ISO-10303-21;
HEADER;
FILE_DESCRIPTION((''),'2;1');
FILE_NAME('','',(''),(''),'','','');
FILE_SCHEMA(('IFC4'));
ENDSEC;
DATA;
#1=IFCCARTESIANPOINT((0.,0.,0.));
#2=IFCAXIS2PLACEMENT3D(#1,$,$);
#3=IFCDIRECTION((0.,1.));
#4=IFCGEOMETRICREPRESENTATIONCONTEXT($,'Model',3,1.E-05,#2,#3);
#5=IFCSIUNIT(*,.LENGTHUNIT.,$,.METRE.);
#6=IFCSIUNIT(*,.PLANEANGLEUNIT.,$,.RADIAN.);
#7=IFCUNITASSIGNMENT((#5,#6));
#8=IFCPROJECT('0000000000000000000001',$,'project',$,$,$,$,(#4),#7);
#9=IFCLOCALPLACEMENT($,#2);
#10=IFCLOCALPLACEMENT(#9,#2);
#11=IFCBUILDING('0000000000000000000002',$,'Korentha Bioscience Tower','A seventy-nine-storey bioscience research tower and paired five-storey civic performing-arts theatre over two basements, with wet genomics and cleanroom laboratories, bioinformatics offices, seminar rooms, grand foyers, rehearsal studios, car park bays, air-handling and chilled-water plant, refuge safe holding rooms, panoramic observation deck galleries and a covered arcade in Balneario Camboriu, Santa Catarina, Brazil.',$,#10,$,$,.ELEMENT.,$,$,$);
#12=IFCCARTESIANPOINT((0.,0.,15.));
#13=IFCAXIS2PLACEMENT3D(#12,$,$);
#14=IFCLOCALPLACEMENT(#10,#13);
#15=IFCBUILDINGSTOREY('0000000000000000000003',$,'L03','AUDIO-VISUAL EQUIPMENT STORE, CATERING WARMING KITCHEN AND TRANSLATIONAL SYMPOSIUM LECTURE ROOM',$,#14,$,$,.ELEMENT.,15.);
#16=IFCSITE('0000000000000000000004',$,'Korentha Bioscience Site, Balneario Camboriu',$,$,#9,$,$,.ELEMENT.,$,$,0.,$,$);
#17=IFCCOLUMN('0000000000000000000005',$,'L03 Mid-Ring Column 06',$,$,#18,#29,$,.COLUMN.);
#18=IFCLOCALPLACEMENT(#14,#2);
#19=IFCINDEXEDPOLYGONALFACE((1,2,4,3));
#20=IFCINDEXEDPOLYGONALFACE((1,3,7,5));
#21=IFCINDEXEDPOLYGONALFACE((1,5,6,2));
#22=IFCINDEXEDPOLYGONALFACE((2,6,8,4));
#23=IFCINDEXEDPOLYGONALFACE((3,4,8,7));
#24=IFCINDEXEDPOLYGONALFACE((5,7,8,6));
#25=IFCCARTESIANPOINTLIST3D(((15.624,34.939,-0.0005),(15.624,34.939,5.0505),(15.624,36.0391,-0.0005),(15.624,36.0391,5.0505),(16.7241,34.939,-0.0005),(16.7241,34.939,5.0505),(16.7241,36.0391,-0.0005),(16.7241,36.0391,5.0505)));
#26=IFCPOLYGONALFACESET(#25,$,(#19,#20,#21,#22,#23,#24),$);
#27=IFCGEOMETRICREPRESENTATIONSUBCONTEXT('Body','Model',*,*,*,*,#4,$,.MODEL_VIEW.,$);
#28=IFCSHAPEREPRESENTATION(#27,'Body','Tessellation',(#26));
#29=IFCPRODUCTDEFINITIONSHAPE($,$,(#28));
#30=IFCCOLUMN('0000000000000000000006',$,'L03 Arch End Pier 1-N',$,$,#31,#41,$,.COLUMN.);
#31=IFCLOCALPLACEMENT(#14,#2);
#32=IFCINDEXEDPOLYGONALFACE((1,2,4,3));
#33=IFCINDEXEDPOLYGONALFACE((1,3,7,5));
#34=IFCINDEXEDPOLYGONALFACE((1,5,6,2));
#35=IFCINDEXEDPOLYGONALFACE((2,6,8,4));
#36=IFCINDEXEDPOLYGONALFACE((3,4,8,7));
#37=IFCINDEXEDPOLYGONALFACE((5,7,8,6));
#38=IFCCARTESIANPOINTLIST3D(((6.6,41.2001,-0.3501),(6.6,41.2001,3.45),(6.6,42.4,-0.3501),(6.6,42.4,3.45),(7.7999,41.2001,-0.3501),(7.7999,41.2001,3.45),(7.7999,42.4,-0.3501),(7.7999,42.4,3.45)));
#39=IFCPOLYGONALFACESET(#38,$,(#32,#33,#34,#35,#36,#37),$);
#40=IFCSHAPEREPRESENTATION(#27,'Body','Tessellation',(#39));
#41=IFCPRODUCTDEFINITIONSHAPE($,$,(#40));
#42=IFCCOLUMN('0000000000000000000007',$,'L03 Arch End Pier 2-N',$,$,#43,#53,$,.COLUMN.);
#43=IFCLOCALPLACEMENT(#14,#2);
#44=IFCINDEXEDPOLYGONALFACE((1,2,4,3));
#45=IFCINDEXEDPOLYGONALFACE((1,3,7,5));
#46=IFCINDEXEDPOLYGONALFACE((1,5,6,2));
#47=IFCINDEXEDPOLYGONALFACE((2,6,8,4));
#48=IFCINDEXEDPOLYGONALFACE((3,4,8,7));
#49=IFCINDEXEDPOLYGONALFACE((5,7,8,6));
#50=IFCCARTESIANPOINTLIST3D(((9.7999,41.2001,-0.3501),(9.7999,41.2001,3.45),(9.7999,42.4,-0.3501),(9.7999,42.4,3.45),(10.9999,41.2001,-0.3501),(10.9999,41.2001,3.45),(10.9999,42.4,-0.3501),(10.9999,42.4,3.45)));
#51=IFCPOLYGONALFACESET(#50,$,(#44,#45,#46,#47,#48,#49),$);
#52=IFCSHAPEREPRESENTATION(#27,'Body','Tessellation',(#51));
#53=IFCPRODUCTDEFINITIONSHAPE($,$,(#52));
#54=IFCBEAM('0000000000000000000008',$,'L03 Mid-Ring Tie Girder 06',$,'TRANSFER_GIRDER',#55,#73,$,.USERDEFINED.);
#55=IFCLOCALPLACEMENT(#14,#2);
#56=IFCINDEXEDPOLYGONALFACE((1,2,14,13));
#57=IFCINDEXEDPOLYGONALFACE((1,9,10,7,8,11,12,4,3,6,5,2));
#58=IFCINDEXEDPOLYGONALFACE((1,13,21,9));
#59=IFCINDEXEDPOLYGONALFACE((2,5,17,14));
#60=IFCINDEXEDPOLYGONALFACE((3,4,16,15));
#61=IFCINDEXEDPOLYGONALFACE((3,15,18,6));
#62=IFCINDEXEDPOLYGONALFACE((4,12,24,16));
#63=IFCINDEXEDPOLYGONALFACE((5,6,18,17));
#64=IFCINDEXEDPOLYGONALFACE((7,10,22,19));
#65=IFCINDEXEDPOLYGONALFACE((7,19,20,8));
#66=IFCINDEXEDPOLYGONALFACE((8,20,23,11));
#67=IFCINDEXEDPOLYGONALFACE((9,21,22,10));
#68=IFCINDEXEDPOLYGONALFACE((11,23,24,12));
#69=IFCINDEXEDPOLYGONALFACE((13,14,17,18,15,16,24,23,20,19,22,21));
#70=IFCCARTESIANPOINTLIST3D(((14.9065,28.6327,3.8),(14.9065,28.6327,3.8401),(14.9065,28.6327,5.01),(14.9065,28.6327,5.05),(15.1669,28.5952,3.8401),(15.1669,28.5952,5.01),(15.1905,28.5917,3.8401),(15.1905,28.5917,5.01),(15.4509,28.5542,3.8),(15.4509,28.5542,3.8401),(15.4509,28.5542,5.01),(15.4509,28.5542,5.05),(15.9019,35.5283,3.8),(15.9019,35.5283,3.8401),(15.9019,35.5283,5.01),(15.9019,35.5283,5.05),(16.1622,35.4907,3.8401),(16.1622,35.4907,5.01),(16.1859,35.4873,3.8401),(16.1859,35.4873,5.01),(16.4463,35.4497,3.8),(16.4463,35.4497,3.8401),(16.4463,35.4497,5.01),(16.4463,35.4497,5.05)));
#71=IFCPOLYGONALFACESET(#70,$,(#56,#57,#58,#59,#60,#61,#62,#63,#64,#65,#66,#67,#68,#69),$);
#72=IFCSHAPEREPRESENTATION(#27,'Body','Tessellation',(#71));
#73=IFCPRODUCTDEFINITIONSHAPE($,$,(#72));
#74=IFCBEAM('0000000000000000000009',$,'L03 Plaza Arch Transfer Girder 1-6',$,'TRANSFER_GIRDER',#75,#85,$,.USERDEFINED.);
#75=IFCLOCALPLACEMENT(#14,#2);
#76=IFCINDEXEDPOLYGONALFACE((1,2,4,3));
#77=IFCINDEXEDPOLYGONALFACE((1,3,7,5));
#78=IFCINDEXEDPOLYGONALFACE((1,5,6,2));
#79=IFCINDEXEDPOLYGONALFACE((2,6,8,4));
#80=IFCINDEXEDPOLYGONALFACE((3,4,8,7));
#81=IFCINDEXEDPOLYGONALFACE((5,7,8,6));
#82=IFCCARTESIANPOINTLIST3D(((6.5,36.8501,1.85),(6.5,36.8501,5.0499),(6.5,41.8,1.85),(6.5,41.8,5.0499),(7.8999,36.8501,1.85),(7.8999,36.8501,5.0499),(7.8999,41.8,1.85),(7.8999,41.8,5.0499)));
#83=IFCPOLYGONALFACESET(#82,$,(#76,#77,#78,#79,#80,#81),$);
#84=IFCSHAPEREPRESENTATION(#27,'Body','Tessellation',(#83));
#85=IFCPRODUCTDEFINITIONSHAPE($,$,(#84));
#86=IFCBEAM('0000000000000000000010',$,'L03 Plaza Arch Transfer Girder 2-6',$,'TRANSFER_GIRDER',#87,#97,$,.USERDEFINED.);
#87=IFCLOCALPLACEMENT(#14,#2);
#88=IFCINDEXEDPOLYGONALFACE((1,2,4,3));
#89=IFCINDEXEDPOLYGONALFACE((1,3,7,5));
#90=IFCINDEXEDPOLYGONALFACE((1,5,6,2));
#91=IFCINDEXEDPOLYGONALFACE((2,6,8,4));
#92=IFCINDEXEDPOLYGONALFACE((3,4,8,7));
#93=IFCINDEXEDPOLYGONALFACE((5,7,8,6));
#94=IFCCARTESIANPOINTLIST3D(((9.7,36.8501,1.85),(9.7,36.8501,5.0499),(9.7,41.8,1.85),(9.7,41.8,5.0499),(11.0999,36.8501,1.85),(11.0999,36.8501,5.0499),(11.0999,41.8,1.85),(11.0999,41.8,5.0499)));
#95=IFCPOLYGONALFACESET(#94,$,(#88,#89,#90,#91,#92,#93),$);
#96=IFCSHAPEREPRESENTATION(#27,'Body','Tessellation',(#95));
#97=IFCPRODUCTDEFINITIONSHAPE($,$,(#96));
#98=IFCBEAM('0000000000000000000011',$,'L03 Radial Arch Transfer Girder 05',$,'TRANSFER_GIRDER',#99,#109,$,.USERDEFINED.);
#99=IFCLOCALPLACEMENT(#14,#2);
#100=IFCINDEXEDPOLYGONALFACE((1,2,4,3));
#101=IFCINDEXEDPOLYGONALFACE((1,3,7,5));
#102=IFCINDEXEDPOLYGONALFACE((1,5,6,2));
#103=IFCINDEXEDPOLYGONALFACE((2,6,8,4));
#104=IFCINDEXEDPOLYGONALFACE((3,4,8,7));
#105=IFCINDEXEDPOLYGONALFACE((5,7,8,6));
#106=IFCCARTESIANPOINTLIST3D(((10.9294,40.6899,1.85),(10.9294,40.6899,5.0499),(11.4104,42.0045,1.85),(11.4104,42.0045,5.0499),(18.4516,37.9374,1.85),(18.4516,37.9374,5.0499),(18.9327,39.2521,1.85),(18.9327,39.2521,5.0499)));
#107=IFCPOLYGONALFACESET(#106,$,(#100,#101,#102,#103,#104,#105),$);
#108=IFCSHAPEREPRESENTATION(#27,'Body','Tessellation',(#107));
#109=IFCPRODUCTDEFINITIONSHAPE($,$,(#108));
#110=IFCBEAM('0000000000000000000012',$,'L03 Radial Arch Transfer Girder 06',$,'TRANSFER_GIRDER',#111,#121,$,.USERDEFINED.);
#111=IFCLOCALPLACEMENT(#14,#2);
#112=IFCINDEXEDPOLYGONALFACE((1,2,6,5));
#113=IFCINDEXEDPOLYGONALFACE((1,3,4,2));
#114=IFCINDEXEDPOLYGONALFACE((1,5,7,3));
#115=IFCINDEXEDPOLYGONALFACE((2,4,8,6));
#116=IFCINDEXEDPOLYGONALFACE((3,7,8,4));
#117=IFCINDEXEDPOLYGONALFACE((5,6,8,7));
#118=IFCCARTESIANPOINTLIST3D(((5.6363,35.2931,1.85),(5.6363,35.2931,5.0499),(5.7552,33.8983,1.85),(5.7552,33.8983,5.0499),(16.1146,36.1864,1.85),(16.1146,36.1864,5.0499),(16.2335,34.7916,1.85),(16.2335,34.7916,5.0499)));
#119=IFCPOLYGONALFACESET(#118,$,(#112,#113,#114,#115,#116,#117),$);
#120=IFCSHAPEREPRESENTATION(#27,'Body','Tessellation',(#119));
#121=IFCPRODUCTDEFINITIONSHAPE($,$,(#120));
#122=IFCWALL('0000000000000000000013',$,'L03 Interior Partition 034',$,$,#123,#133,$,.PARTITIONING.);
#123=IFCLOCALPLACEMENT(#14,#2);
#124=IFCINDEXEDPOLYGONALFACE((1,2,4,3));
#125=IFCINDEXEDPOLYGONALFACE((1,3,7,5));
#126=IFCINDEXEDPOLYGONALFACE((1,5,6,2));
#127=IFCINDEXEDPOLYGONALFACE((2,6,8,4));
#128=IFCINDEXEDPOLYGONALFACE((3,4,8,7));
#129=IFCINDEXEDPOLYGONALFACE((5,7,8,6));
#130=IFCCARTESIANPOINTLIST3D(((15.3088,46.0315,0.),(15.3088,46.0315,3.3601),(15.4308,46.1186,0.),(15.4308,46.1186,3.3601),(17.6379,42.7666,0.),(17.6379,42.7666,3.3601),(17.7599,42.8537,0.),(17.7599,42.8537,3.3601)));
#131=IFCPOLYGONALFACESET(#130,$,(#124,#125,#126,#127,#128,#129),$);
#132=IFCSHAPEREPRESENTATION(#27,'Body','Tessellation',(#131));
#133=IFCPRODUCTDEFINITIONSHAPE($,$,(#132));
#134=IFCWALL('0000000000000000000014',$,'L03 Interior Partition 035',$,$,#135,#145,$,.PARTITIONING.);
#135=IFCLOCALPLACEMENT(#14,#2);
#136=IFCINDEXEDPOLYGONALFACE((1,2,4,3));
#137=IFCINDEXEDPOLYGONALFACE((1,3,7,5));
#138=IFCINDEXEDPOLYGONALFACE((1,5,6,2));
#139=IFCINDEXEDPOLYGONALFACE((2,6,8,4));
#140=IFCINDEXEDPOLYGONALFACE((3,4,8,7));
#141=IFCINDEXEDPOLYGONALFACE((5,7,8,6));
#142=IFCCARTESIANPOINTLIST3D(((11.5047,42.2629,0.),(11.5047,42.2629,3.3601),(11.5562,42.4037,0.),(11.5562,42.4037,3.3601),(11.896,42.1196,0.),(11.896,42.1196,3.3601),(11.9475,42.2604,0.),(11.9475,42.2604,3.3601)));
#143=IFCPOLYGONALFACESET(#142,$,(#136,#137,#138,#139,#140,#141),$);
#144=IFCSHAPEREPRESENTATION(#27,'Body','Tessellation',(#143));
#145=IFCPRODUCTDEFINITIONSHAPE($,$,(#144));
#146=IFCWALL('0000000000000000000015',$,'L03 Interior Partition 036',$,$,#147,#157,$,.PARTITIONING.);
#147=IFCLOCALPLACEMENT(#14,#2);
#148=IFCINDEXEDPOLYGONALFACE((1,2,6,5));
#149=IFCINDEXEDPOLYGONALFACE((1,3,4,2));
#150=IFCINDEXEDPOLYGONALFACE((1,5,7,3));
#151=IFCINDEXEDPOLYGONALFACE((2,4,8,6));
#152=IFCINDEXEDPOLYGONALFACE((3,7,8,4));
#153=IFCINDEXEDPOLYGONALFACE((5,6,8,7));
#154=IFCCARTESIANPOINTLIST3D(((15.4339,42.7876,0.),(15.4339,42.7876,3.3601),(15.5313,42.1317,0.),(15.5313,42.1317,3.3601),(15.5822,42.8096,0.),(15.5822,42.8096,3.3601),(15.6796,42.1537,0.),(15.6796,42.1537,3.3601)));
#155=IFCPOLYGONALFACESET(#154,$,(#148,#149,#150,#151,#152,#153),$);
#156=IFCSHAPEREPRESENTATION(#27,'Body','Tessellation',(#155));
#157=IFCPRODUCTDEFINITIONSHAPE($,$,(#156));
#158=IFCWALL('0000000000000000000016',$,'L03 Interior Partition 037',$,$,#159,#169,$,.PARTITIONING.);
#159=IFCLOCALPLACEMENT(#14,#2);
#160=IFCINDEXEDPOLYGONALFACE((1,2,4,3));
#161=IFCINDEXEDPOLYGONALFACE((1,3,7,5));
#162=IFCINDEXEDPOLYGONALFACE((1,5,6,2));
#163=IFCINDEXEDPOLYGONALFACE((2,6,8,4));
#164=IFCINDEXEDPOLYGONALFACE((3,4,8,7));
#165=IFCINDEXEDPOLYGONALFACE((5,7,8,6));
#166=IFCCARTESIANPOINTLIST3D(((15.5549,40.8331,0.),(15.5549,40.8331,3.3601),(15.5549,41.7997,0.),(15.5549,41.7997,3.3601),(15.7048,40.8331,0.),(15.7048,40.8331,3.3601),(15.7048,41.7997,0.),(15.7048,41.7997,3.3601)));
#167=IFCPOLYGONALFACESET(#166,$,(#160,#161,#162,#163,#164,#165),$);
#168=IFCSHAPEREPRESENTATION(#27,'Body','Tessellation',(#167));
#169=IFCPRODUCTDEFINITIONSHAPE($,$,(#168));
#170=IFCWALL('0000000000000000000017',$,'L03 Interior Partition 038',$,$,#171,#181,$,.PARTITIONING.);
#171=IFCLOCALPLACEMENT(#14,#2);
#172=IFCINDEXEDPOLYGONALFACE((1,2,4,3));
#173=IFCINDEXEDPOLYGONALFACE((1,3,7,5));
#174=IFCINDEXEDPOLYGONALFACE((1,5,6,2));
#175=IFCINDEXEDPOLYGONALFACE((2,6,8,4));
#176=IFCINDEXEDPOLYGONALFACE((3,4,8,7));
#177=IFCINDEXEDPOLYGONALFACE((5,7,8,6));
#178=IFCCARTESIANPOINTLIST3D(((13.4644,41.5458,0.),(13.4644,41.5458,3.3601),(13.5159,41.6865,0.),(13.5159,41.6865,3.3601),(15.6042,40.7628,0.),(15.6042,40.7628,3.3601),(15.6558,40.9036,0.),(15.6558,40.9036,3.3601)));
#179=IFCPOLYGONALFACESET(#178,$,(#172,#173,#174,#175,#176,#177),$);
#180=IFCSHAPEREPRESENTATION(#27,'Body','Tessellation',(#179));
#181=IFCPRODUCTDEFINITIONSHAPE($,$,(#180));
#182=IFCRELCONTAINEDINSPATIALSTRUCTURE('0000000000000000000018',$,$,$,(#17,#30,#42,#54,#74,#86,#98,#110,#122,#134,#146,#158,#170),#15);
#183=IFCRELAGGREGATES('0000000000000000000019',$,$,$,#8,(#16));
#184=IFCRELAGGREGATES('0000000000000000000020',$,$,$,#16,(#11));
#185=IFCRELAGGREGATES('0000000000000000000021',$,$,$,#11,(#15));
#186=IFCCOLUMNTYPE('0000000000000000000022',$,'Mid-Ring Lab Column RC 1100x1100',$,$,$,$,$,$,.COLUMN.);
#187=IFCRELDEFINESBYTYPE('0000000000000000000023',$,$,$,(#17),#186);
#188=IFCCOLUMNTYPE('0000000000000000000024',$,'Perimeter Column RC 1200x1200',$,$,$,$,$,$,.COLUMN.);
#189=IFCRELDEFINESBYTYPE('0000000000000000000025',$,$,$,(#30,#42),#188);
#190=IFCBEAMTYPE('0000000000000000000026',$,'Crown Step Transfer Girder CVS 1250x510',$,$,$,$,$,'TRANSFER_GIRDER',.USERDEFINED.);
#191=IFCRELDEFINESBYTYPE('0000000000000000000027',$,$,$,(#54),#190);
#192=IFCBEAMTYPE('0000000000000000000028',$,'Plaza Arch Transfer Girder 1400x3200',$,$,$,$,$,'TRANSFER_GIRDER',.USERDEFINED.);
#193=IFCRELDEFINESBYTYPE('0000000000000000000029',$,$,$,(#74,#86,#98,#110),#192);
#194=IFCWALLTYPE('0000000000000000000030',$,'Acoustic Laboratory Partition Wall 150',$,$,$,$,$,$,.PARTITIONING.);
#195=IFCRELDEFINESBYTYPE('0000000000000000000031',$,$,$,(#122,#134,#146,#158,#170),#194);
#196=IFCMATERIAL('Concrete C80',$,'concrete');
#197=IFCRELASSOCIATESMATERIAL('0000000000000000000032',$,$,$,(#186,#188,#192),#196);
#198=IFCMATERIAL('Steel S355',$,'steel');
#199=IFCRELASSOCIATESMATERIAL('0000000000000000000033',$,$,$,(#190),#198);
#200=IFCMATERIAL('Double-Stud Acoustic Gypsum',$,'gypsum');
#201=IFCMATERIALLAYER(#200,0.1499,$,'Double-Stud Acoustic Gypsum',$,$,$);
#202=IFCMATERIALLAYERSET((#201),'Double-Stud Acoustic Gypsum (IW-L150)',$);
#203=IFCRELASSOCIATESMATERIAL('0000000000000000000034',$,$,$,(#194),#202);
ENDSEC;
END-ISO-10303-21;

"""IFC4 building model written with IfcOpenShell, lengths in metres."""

from ifc_helpers import new_model, si_unit, direction, frame, frame_2d, origin, origin_2d, place, context, subcontext, project, spatial, rectangle, i_section, extrude, material, layer, layer_set, material_profile, profile_set, type_object, element, save


model = new_model("IFC4")

# Units and contexts
model_context = context("Model", 3, precision=1e-05, world=origin(), true_north=direction((0.0, 1.0)))
body_context = subcontext(model_context, "Body", "Model", "MODEL_VIEW")
ifc_project = project(units=[si_unit("LENGTHUNIT", "METRE"), si_unit("PLANEANGLEUNIT", "RADIAN")], contexts=[model_context])

# Site, building, storey
site_placement = place(None, origin())
site = spatial("IfcSite", under=ifc_project, at=site_placement, Name="Korentha Bioscience Site, Balneario Camboriu", CompositionType="ELEMENT", RefElevation=0.0)
building_placement = place(site_placement, origin())
building = spatial("IfcBuilding", under=site, at=building_placement, Name="Korentha Bioscience Tower", Description="A seventy-nine-storey bioscience research tower and paired five-storey civic performing-arts theatre over two basements, with wet genomics and cleanroom laboratories, bioinformatics offices, seminar rooms, grand foyers, rehearsal studios, car park bays, air-handling and chilled-water plant, refuge safe holding rooms, panoramic observation deck galleries and a covered arcade in Balneario Camboriu, Santa Catarina, Brazil.", CompositionType="ELEMENT")
storey_placement = place(building_placement, frame((0.0, 0.0, 15.0)))
storey = spatial("IfcBuildingStorey", under=building, at=storey_placement, Name="L03", Description="AUDIO-VISUAL EQUIPMENT STORE, CATERING WARMING KITCHEN AND TRANSLATIONAL SYMPOSIUM LECTURE ROOM", CompositionType="ELEMENT", Elevation=15.0)

# Columns
ifc_material_1 = material(Name="Concrete C80", Category="concrete")
ifc_material_profile_1 = material_profile(ifc_material_1, rectangle(XDim=1.1001, YDim=1.1001, at=origin_2d()), Name="Concrete C80")
ifc_profile_set_1 = profile_set([ifc_material_profile_1], Name="Concrete C80 (COL-MR11)")
column_type_1 = type_object("IfcColumnType", Name="Mid-Ring Lab Column RC 1100x1100", PredefinedType="COLUMN", material=ifc_profile_set_1)
column_placement = place(storey_placement, frame((16.1741, 35.489, -0.0005), z_axis=(0.0, 0.0, 1.0), x_axis=(1.0, 0.0, 0.0)))
element("IfcColumn", 1, at=column_placement, inside=storey, type_object=column_type_1, Name="L03 Mid-Ring Column 06", PredefinedType="COLUMN", context=body_context, shape_type="SweptSolid", body=[
    extrude(rectangle(XDim=1.1001, YDim=1.1001, at=origin_2d()), origin(), (0.0, 0.0, 1.0), 5.051),
])
ifc_material_profile_2 = material_profile(ifc_material_1, rectangle(XDim=1.2, YDim=1.2, at=origin_2d()), Name="Concrete C80")
ifc_profile_set_2 = profile_set([ifc_material_profile_2], Name="Concrete C80 (COL-P12)")
column_type_2 = type_object("IfcColumnType", Name="Perimeter Column RC 1200x1200", PredefinedType="COLUMN", material=ifc_profile_set_2)
for number, where, z_axis, x_axis, name in (
    (2, (7.2, 41.8, -0.3501), (0.0, 0.0, 1.0), (1.0, 0.0, 0.0), "L03 Arch End Pier 1-N"),
    (3, (10.3999, 41.8, -0.3501), (0.0, 0.0, 1.0), (1.0, 0.0, 0.0), "L03 Arch End Pier 2-N"),
):
    element("IfcColumn", number, at=place(storey_placement, frame(where, z_axis=z_axis, x_axis=x_axis)), inside=storey, type_object=column_type_2, Name=name, PredefinedType="COLUMN", context=body_context, shape_type="SweptSolid", body=[
        extrude(rectangle(XDim=1.2, YDim=1.2, at=origin_2d()), origin(), (0.0, 0.0, 1.0), 3.8),
    ])

# Beams
ifc_material_2 = material(Name="Steel S355", Category="steel")
ifc_material_profile_3 = material_profile(ifc_material_2, i_section(OverallWidth=0.55, OverallDepth=1.25, WebThickness=0.0239, FlangeThickness=0.04, at=origin_2d()), Name="Steel S355")
ifc_profile_set_3 = profile_set([ifc_material_profile_3], Name="Steel S355 (TG-03)")
beam_type_1 = type_object("IfcBeamType", Name="Crown Step Transfer Girder CVS 1250x510", ElementType="TRANSFER_GIRDER", PredefinedType="USERDEFINED", material=ifc_profile_set_3)
beam_1_placement = place(storey_placement, frame((16.1741, 35.489, 4.425), z_axis=(-0.142868, -0.989742, 0.0), x_axis=(0.989742, -0.142868, 0.0)))
element("IfcBeam", 4, at=beam_1_placement, inside=storey, type_object=beam_type_1, Name="L03 Mid-Ring Tie Girder 06", ObjectType="TRANSFER_GIRDER", PredefinedType="USERDEFINED", context=body_context, shape_type="SweptSolid", body=[
    extrude(i_section(OverallWidth=0.55, OverallDepth=1.25, WebThickness=0.0239, FlangeThickness=0.04, at=origin_2d()), origin(), (0.0, 0.0, 1.0), 6.967),
])
ifc_material_profile_4 = material_profile(ifc_material_1, rectangle(XDim=1.3999, YDim=3.2, at=origin_2d()), Name="Concrete C80")
ifc_profile_set_4 = profile_set([ifc_material_profile_4], Name="Concrete C80 (TG-01)")
beam_type_2 = type_object("IfcBeamType", Name="Plaza Arch Transfer Girder 1400x3200", ElementType="TRANSFER_GIRDER", PredefinedType="USERDEFINED", material=ifc_profile_set_4)
for number, where, z_axis, x_axis, name in (
    (5, (7.2, 36.8501, 3.45), (0.0, 1.0, 0.0), (-1.0, 0.0, 0.0), "L03 Plaza Arch Transfer Girder 1-6"),
    (6, (10.3999, 36.8501, 3.45), (0.0, 1.0, 0.0), (-1.0, 0.0, 0.0), "L03 Plaza Arch Transfer Girder 2-6"),
):
    element("IfcBeam", number, at=place(storey_placement, frame(where, z_axis=z_axis, x_axis=x_axis)), inside=storey, type_object=beam_type_2, Name=name, ObjectType="TRANSFER_GIRDER", PredefinedType="USERDEFINED", context=body_context, shape_type="SweptSolid", body=[
        extrude(rectangle(XDim=1.3999, YDim=3.2, at=origin_2d()), origin(), (0.0, 0.0, 1.0), 4.95),
    ])
beam_2_placement = place(storey_placement, frame((18.6921, 38.5947, 3.45), z_axis=(-0.939106, 0.343627, 0.0), x_axis=(-0.343627, -0.939106, 0.0)))
element("IfcBeam", 7, at=beam_2_placement, inside=storey, type_object=beam_type_2, Name="L03 Radial Arch Transfer Girder 05", ObjectType="TRANSFER_GIRDER", PredefinedType="USERDEFINED", context=body_context, shape_type="SweptSolid", body=[
    extrude(rectangle(XDim=1.3999, YDim=3.2, at=origin_2d()), origin(), (0.0, 0.0, 1.0), 8.01),
])
beam_3_placement = place(storey_placement, frame((16.1741, 35.489, 3.45), z_axis=(-0.996386, -0.084945, 0.0), x_axis=(0.084945, -0.996386, 0.0)))
element("IfcBeam", 8, at=beam_3_placement, inside=storey, type_object=beam_type_2, Name="L03 Radial Arch Transfer Girder 06", ObjectType="TRANSFER_GIRDER", PredefinedType="USERDEFINED", context=body_context, shape_type="SweptSolid", body=[
    extrude(rectangle(XDim=1.3999, YDim=3.2, at=origin_2d()), origin(), (0.0, 0.0, 1.0), 10.5164),
])

# Shared definitions
ifc_material_3 = material(Name="Double-Stud Acoustic Gypsum", Category="gypsum")
ifc_layer_1 = layer(ifc_material_3, 0.1499, Name="Double-Stud Acoustic Gypsum")
ifc_layer_set_1 = layer_set([ifc_layer_1], Name="Double-Stud Acoustic Gypsum (IW-L150)")
wall_type_1 = type_object("IfcWallType", Name="Acoustic Laboratory Partition Wall 150", PredefinedType="PARTITIONING", material=ifc_layer_set_1)

# Walls
wall_1_placement = place(storey_placement, frame((17.699, 42.8101, 0.0), z_axis=(0.0, 0.0, 1.0), x_axis=(-0.580749, 0.814083, 0.0)))
element("IfcWall", 9, at=wall_1_placement, inside=storey, type_object=wall_type_1, Name="L03 Interior Partition 034", PredefinedType="PARTITIONING", context=body_context, shape_type="SweptSolid", body=[
    extrude(rectangle(XDim=4.0105, YDim=0.1499, at=frame_2d((2.0054, 0.0))), origin(), (0.0, 0.0, 1.0), 3.3601),
])
wall_2_placement = place(storey_placement, frame((11.9219, 42.1899, 0.0), z_axis=(0.0, 0.0, 1.0), x_axis=(-0.939021, 0.343859, 0.0)))
element("IfcWall", 10, at=wall_2_placement, inside=storey, type_object=wall_type_1, Name="L03 Interior Partition 035", PredefinedType="PARTITIONING", context=body_context, shape_type="SweptSolid", body=[
    extrude(rectangle(XDim=0.4167, YDim=0.1499, at=frame_2d((0.2085, 0.0))), origin(), (0.0, 0.0, 1.0), 3.3601),
])
wall_3_placement = place(storey_placement, frame((15.5081, 42.7986, 0.0), z_axis=(0.0, 0.0, 1.0), x_axis=(0.146882, -0.989154, 0.0)))
element("IfcWall", 11, at=wall_3_placement, inside=storey, type_object=wall_type_1, Name="L03 Interior Partition 036", PredefinedType="PARTITIONING", context=body_context, shape_type="SweptSolid", body=[
    extrude(rectangle(XDim=0.6631, YDim=0.1499, at=frame_2d((0.3315, 0.0))), origin(), (0.0, 0.0, 1.0), 3.3601),
])
wall_4_placement = place(storey_placement, frame((15.6299, 41.7998, 0.0), z_axis=(0.0, 0.0, 1.0), x_axis=(0.0, -1.0, 0.0)))
element("IfcWall", 12, at=wall_4_placement, inside=storey, type_object=wall_type_1, Name="L03 Interior Partition 037", PredefinedType="PARTITIONING", context=body_context, shape_type="SweptSolid", body=[
    extrude(rectangle(XDim=0.9666, YDim=0.1499, at=frame_2d((0.4834, 0.0))), origin(), (0.0, 0.0, 1.0), 3.3601),
])
wall_5_placement = place(storey_placement, frame((15.6299, 40.8333, 0.0), z_axis=(0.0, 0.0, 1.0), x_axis=(-0.939113, 0.343609, 0.0)))
element("IfcWall", 13, at=wall_5_placement, inside=storey, type_object=wall_type_1, Name="L03 Interior Partition 038", PredefinedType="PARTITIONING", context=body_context, shape_type="SweptSolid", body=[
    extrude(rectangle(XDim=2.2786, YDim=0.1499, at=frame_2d((1.1392, 0.0))), origin(), (0.0, 0.0, 1.0), 3.3601),
])

save(model, "model.ifc")
